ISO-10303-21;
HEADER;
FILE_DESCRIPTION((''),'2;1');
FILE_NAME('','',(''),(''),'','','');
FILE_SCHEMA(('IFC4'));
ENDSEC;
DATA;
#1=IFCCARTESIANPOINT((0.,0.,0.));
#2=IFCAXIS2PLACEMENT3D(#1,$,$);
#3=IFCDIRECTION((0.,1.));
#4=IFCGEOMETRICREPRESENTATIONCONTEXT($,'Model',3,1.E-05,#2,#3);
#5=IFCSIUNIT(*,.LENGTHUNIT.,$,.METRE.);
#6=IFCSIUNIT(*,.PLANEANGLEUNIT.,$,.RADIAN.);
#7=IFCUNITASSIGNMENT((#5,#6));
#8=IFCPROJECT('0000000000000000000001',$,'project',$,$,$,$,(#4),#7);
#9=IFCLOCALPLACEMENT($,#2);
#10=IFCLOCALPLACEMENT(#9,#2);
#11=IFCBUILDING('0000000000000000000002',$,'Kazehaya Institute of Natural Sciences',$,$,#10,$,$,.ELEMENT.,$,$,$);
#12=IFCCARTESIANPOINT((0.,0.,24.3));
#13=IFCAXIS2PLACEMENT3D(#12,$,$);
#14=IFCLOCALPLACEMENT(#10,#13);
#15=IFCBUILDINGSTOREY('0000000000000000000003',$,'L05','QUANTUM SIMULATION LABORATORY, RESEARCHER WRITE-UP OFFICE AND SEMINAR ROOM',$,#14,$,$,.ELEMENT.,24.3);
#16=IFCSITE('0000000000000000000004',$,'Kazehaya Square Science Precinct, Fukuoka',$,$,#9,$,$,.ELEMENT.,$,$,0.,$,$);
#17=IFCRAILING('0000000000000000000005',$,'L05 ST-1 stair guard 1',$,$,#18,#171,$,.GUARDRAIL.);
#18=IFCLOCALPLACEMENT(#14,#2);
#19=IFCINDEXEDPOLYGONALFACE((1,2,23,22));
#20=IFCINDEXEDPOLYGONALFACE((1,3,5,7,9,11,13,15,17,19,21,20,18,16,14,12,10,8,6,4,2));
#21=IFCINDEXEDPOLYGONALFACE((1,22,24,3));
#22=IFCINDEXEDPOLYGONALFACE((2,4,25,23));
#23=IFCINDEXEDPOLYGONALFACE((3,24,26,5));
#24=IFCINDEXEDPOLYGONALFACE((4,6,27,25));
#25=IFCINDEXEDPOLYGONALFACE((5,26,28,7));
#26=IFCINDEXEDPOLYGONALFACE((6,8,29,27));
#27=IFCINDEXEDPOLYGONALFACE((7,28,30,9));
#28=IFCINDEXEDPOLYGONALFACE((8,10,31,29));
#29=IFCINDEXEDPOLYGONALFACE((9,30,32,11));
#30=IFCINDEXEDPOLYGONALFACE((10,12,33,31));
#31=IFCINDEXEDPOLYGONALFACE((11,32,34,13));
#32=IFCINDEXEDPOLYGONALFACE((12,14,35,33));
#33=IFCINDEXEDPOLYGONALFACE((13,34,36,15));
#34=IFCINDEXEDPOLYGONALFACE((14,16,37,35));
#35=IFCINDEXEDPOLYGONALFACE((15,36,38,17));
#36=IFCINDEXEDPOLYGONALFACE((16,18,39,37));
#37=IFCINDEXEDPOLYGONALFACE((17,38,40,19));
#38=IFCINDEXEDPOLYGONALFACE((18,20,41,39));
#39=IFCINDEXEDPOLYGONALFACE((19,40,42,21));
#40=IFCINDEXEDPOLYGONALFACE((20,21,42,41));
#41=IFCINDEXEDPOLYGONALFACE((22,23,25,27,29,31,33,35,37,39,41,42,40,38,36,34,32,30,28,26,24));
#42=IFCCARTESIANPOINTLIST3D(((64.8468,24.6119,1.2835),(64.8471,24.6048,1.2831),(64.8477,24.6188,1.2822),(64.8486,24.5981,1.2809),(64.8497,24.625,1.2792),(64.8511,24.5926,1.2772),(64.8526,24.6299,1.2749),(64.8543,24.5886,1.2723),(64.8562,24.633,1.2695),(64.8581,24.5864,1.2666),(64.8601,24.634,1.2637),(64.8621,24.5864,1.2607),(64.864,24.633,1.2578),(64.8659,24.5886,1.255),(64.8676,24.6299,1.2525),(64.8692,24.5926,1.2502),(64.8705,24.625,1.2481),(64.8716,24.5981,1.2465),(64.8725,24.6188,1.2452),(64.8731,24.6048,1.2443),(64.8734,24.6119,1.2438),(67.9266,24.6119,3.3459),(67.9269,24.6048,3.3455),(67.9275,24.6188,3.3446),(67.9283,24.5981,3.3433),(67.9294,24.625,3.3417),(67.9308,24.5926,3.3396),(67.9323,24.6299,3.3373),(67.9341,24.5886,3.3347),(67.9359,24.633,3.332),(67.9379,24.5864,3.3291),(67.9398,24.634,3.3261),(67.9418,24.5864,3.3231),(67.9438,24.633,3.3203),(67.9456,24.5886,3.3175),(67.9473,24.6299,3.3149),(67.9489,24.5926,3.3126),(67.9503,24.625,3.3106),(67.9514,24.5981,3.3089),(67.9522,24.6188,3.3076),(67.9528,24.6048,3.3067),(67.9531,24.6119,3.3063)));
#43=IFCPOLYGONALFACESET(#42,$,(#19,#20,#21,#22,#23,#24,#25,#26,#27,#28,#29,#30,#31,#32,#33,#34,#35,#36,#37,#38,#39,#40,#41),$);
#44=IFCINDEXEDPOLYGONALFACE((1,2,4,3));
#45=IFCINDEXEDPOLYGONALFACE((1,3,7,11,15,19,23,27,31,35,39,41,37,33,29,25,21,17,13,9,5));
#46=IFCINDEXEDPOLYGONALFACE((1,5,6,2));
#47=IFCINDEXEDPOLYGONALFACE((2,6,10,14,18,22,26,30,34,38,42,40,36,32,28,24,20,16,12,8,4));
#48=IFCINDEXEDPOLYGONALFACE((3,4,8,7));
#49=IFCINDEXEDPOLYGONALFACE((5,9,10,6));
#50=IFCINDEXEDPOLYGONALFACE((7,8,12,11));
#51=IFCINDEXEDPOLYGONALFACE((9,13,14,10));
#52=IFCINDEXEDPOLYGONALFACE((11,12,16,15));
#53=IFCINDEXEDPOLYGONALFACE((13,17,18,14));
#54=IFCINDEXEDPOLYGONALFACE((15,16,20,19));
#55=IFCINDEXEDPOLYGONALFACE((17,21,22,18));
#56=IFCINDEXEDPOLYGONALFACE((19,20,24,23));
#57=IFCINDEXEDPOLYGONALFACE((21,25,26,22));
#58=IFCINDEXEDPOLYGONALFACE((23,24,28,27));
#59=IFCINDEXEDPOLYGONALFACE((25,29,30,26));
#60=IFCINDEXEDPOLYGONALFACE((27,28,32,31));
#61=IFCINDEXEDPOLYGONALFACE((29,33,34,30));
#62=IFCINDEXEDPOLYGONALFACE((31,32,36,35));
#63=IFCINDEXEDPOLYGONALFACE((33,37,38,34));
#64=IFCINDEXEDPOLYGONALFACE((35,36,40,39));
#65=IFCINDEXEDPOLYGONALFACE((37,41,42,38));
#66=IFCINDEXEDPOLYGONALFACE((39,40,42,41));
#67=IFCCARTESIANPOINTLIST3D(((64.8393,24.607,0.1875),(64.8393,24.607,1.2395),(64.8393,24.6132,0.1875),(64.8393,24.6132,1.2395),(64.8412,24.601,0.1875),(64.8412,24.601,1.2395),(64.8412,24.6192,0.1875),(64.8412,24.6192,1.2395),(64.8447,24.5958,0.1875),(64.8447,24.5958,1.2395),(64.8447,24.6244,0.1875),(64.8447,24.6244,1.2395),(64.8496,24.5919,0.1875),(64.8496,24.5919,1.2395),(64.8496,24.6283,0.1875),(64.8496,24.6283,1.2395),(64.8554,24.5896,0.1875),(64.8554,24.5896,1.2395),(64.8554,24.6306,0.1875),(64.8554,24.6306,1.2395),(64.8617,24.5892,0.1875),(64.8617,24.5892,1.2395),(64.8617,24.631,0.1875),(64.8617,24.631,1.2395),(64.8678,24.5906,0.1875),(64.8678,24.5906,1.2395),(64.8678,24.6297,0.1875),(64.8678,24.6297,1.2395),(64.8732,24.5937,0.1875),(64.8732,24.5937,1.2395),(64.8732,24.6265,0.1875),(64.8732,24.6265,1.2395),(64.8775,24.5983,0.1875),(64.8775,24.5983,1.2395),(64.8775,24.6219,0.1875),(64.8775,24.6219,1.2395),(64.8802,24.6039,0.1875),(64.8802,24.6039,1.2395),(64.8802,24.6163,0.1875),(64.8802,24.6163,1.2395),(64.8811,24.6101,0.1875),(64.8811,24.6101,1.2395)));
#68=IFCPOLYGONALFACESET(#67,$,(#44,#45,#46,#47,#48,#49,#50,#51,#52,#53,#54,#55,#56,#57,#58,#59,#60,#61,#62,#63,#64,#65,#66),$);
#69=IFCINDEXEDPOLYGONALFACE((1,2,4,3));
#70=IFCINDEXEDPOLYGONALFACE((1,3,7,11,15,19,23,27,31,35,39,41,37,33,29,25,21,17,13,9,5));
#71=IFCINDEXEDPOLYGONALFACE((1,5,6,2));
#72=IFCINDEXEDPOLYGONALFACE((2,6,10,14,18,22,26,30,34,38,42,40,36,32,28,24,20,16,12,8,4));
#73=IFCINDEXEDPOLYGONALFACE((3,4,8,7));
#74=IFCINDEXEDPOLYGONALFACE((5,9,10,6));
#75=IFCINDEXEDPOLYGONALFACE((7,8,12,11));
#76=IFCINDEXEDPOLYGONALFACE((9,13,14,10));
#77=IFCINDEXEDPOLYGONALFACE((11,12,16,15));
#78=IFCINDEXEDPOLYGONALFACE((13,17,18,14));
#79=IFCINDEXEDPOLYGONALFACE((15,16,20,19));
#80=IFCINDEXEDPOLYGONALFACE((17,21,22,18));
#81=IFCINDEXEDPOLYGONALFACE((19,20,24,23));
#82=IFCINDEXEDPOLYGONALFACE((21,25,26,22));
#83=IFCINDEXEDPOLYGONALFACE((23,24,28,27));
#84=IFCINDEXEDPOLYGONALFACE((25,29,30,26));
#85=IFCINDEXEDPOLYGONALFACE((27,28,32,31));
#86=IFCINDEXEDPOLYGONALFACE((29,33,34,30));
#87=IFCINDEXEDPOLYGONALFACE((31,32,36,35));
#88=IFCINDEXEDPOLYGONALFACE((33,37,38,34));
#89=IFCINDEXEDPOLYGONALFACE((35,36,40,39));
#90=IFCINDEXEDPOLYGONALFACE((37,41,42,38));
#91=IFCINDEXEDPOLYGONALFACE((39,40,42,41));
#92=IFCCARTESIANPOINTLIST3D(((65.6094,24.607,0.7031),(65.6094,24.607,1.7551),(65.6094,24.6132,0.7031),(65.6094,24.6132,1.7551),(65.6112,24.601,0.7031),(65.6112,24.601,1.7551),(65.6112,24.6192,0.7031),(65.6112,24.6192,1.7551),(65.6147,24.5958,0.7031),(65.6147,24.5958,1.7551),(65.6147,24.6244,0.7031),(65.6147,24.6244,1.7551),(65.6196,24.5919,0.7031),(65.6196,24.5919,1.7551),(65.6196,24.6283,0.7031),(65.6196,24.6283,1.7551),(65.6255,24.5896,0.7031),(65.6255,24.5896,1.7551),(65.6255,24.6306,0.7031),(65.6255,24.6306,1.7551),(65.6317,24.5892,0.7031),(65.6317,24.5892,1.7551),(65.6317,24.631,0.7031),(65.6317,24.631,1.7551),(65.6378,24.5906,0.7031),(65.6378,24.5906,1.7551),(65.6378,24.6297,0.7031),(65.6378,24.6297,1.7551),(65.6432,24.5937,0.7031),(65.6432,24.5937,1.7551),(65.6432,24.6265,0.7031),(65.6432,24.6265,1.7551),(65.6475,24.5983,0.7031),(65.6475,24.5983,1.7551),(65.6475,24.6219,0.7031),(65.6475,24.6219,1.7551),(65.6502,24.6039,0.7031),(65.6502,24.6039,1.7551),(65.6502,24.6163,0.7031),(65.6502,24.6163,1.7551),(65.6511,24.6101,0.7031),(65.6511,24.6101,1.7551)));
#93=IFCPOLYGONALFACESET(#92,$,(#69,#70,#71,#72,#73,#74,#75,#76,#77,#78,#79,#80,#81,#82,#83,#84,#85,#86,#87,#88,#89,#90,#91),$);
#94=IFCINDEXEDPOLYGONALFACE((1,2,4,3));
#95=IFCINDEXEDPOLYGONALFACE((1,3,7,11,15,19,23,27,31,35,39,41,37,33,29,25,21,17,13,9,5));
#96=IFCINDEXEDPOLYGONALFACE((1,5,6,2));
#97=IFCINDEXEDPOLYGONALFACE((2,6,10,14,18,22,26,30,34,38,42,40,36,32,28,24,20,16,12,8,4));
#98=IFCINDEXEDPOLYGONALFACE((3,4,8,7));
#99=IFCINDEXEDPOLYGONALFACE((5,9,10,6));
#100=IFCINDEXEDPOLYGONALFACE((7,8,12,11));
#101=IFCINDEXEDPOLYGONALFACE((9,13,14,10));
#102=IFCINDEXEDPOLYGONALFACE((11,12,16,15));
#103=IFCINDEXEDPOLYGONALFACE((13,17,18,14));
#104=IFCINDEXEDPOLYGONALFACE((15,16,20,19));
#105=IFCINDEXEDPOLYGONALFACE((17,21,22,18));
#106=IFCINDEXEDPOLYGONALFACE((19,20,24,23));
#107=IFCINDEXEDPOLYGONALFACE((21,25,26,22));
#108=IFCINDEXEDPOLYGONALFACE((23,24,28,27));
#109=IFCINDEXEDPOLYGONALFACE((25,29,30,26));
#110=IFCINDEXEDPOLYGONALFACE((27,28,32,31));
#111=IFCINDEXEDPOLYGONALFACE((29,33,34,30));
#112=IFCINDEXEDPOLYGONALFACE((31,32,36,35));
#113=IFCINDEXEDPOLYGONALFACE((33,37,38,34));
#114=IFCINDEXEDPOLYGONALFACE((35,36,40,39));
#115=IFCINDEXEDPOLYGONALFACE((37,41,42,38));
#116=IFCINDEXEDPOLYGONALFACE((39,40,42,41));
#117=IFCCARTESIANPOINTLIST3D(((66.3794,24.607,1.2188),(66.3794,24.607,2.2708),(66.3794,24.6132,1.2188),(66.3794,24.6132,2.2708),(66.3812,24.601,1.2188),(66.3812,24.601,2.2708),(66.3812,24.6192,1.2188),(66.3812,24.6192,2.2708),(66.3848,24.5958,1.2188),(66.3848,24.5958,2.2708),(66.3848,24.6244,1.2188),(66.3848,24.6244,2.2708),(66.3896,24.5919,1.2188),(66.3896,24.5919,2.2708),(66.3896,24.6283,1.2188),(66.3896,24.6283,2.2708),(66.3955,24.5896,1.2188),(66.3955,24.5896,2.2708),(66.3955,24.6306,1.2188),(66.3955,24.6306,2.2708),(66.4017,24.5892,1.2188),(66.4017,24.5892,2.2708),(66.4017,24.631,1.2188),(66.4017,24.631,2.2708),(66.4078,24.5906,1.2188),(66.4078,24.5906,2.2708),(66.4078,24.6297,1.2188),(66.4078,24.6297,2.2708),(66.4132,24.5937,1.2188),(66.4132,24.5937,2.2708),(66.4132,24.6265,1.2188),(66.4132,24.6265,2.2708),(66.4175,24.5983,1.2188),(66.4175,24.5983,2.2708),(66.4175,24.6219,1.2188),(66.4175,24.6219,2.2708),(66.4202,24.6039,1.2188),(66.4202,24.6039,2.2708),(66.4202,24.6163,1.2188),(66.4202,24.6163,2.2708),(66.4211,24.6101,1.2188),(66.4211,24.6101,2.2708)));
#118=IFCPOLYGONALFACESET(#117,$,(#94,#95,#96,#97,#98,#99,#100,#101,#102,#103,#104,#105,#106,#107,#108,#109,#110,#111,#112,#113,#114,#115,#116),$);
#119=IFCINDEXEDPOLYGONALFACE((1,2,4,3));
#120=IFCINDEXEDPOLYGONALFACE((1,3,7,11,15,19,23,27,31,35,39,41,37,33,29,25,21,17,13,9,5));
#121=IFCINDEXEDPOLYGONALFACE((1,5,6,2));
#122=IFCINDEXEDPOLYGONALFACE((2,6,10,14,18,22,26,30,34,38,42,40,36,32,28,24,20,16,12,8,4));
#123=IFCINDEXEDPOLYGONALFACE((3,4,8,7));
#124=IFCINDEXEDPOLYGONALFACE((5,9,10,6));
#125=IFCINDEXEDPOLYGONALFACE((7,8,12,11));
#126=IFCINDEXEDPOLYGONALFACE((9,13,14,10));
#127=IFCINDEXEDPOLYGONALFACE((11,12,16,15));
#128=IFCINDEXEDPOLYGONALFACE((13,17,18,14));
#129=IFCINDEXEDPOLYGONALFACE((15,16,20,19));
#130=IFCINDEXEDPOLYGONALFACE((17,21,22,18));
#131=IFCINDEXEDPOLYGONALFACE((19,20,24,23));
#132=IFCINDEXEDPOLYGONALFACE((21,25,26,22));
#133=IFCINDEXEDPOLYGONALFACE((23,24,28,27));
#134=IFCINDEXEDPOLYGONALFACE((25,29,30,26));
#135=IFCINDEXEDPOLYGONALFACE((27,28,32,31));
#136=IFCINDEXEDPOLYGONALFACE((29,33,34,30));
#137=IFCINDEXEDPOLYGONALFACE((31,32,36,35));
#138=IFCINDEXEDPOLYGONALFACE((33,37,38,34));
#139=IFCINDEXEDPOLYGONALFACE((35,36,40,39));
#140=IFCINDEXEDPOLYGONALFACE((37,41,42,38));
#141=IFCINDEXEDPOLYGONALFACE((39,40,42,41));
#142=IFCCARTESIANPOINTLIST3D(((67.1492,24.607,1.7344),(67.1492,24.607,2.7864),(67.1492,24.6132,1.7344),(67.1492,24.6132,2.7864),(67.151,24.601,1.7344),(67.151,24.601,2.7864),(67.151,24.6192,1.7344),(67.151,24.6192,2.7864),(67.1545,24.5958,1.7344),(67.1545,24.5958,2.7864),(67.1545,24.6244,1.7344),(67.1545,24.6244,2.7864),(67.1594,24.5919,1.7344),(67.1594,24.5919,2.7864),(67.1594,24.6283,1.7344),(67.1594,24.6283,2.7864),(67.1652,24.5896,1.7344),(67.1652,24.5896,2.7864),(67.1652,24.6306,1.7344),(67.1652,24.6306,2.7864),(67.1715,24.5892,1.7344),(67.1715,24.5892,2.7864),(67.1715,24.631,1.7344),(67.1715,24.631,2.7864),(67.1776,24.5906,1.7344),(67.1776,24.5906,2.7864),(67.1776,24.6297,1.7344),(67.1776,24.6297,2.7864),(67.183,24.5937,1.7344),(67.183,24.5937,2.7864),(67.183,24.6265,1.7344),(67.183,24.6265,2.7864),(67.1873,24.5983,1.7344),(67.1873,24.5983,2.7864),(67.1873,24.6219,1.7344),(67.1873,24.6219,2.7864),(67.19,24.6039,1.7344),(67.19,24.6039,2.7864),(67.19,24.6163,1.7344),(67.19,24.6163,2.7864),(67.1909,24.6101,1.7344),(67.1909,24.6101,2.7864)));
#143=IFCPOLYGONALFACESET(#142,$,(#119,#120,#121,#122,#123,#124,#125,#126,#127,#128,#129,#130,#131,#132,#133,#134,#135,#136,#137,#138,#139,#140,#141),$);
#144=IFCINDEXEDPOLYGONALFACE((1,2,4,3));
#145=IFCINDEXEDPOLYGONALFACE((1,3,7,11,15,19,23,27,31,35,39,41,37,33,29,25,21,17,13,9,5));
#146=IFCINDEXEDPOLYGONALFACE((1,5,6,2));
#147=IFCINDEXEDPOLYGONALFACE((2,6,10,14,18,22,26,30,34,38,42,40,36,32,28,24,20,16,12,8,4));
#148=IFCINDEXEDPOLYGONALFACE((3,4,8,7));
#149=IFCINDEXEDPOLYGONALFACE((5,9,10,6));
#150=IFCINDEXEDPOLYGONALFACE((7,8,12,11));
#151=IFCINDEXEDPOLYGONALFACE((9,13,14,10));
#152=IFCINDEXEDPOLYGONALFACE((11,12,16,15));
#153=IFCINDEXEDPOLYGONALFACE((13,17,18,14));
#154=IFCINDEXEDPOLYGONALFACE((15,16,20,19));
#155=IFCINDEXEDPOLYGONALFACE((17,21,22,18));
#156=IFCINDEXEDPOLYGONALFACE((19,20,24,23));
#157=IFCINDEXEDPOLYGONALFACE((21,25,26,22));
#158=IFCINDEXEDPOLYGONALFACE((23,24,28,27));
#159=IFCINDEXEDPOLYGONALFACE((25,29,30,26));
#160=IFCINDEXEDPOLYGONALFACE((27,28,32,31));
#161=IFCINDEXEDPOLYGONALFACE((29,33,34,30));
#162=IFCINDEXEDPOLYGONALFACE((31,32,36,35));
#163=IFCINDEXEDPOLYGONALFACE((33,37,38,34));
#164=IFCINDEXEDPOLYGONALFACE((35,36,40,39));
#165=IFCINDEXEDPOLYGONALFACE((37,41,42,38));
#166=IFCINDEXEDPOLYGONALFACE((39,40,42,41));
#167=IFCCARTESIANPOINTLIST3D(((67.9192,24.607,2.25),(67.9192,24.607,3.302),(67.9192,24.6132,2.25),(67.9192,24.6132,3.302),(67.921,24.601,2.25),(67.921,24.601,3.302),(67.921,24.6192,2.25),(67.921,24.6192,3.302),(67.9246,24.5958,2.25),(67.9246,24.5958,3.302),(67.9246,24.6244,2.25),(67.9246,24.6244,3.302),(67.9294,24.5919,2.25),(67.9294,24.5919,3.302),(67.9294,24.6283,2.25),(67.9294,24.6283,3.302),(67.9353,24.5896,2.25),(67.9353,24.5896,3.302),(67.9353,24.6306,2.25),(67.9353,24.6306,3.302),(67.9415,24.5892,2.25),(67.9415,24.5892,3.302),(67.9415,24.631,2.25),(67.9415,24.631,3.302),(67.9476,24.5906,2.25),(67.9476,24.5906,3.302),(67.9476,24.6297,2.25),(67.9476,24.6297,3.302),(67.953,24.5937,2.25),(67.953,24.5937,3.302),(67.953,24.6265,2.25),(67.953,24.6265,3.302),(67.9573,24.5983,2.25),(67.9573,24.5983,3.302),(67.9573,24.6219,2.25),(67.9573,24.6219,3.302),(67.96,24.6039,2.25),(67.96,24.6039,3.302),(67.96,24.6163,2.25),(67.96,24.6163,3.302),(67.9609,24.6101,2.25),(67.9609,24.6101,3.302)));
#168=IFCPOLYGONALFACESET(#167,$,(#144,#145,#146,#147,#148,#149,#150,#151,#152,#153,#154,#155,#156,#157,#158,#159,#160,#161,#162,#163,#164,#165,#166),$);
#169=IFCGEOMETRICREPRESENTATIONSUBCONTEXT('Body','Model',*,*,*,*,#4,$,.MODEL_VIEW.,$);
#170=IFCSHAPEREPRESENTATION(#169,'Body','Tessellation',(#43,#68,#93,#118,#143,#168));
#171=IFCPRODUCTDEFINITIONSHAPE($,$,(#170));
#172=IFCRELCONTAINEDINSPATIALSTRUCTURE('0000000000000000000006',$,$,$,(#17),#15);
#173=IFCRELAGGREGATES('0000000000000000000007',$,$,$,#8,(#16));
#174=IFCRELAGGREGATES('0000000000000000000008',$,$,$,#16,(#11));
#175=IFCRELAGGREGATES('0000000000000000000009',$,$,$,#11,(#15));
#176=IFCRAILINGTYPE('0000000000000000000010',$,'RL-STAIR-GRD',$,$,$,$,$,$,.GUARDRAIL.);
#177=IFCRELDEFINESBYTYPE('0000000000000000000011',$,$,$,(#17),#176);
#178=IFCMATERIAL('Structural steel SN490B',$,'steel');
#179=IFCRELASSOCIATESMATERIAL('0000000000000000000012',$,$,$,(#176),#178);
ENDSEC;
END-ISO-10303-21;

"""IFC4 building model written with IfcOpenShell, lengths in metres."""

from ifc_helpers import new_model, si_unit, direction, frame, origin, origin_2d, place, context, subcontext, project, spatial, circle, extrude, material, type_object, element, save


model = new_model("IFC4")

# Units and contexts
model_context = context("Model", 3, precision=1e-05, world=origin(), true_north=direction((0.0, 1.0)))
body_context = subcontext(model_context, "Body", "Model", "MODEL_VIEW")
ifc_project = project(units=[si_unit("LENGTHUNIT", "METRE"), si_unit("PLANEANGLEUNIT", "RADIAN")], contexts=[model_context])

# Site, building, storey
site_placement = place(None, origin())
site = spatial("IfcSite", under=ifc_project, at=site_placement, Name="Kazehaya Square Science Precinct, Fukuoka", CompositionType="ELEMENT", RefElevation=0.0)
building_placement = place(site_placement, origin())
building = spatial("IfcBuilding", under=site, at=building_placement, Name="Kazehaya Institute of Natural Sciences", CompositionType="ELEMENT")
storey_placement = place(building_placement, frame((0.0, 0.0, 24.3)))
storey = spatial("IfcBuildingStorey", under=building, at=storey_placement, Name="L05", Description="QUANTUM SIMULATION LABORATORY, RESEARCHER WRITE-UP OFFICE AND SEMINAR ROOM", CompositionType="ELEMENT", Elevation=24.3)

# Railing
ifc_material_1 = material(Name="Structural steel SN490B", Category="steel")
railing_type_1 = type_object("IfcRailingType", Name="RL-STAIR-GRD", PredefinedType="GUARDRAIL", material=ifc_material_1)
railing_1_placement = place(storey_placement, frame((64.8601, 24.6101, 0.1875)))
element("IfcRailing", 1, at=railing_1_placement, inside=storey, type_object=railing_type_1, Name="L05 ST-1 stair guard 1", PredefinedType="GUARDRAIL", context=body_context, shape_type="SweptSolid", body=[
    extrude(circle(Radius=0.0239, at=origin_2d()), frame((0.0, 0.0, 1.0762), z_axis=(0.830893, 0.0, 0.556432), x_axis=(0.0, 1.0, 0.0)), (0.0, 0.0, 1.0), 3.7065),
    extrude(circle(Radius=0.021, at=origin_2d()), origin(), (0.0, 0.0, 1.0), 1.052),
    extrude(circle(Radius=0.021, at=origin_2d()), frame((0.77, 0.0, 0.5156)), (0.0, 0.0, 1.0), 1.052),
    extrude(circle(Radius=0.021, at=origin_2d()), frame((1.54, 0.0, 1.0312)), (0.0, 0.0, 1.0), 1.052),
    extrude(circle(Radius=0.021, at=origin_2d()), frame((2.3098, 0.0, 1.5469)), (0.0, 0.0, 1.0), 1.052),
    extrude(circle(Radius=0.021, at=origin_2d()), frame((3.0798, 0.0, 2.0625)), (0.0, 0.0, 1.0), 1.052),
])

save(model, "model.ifc")
